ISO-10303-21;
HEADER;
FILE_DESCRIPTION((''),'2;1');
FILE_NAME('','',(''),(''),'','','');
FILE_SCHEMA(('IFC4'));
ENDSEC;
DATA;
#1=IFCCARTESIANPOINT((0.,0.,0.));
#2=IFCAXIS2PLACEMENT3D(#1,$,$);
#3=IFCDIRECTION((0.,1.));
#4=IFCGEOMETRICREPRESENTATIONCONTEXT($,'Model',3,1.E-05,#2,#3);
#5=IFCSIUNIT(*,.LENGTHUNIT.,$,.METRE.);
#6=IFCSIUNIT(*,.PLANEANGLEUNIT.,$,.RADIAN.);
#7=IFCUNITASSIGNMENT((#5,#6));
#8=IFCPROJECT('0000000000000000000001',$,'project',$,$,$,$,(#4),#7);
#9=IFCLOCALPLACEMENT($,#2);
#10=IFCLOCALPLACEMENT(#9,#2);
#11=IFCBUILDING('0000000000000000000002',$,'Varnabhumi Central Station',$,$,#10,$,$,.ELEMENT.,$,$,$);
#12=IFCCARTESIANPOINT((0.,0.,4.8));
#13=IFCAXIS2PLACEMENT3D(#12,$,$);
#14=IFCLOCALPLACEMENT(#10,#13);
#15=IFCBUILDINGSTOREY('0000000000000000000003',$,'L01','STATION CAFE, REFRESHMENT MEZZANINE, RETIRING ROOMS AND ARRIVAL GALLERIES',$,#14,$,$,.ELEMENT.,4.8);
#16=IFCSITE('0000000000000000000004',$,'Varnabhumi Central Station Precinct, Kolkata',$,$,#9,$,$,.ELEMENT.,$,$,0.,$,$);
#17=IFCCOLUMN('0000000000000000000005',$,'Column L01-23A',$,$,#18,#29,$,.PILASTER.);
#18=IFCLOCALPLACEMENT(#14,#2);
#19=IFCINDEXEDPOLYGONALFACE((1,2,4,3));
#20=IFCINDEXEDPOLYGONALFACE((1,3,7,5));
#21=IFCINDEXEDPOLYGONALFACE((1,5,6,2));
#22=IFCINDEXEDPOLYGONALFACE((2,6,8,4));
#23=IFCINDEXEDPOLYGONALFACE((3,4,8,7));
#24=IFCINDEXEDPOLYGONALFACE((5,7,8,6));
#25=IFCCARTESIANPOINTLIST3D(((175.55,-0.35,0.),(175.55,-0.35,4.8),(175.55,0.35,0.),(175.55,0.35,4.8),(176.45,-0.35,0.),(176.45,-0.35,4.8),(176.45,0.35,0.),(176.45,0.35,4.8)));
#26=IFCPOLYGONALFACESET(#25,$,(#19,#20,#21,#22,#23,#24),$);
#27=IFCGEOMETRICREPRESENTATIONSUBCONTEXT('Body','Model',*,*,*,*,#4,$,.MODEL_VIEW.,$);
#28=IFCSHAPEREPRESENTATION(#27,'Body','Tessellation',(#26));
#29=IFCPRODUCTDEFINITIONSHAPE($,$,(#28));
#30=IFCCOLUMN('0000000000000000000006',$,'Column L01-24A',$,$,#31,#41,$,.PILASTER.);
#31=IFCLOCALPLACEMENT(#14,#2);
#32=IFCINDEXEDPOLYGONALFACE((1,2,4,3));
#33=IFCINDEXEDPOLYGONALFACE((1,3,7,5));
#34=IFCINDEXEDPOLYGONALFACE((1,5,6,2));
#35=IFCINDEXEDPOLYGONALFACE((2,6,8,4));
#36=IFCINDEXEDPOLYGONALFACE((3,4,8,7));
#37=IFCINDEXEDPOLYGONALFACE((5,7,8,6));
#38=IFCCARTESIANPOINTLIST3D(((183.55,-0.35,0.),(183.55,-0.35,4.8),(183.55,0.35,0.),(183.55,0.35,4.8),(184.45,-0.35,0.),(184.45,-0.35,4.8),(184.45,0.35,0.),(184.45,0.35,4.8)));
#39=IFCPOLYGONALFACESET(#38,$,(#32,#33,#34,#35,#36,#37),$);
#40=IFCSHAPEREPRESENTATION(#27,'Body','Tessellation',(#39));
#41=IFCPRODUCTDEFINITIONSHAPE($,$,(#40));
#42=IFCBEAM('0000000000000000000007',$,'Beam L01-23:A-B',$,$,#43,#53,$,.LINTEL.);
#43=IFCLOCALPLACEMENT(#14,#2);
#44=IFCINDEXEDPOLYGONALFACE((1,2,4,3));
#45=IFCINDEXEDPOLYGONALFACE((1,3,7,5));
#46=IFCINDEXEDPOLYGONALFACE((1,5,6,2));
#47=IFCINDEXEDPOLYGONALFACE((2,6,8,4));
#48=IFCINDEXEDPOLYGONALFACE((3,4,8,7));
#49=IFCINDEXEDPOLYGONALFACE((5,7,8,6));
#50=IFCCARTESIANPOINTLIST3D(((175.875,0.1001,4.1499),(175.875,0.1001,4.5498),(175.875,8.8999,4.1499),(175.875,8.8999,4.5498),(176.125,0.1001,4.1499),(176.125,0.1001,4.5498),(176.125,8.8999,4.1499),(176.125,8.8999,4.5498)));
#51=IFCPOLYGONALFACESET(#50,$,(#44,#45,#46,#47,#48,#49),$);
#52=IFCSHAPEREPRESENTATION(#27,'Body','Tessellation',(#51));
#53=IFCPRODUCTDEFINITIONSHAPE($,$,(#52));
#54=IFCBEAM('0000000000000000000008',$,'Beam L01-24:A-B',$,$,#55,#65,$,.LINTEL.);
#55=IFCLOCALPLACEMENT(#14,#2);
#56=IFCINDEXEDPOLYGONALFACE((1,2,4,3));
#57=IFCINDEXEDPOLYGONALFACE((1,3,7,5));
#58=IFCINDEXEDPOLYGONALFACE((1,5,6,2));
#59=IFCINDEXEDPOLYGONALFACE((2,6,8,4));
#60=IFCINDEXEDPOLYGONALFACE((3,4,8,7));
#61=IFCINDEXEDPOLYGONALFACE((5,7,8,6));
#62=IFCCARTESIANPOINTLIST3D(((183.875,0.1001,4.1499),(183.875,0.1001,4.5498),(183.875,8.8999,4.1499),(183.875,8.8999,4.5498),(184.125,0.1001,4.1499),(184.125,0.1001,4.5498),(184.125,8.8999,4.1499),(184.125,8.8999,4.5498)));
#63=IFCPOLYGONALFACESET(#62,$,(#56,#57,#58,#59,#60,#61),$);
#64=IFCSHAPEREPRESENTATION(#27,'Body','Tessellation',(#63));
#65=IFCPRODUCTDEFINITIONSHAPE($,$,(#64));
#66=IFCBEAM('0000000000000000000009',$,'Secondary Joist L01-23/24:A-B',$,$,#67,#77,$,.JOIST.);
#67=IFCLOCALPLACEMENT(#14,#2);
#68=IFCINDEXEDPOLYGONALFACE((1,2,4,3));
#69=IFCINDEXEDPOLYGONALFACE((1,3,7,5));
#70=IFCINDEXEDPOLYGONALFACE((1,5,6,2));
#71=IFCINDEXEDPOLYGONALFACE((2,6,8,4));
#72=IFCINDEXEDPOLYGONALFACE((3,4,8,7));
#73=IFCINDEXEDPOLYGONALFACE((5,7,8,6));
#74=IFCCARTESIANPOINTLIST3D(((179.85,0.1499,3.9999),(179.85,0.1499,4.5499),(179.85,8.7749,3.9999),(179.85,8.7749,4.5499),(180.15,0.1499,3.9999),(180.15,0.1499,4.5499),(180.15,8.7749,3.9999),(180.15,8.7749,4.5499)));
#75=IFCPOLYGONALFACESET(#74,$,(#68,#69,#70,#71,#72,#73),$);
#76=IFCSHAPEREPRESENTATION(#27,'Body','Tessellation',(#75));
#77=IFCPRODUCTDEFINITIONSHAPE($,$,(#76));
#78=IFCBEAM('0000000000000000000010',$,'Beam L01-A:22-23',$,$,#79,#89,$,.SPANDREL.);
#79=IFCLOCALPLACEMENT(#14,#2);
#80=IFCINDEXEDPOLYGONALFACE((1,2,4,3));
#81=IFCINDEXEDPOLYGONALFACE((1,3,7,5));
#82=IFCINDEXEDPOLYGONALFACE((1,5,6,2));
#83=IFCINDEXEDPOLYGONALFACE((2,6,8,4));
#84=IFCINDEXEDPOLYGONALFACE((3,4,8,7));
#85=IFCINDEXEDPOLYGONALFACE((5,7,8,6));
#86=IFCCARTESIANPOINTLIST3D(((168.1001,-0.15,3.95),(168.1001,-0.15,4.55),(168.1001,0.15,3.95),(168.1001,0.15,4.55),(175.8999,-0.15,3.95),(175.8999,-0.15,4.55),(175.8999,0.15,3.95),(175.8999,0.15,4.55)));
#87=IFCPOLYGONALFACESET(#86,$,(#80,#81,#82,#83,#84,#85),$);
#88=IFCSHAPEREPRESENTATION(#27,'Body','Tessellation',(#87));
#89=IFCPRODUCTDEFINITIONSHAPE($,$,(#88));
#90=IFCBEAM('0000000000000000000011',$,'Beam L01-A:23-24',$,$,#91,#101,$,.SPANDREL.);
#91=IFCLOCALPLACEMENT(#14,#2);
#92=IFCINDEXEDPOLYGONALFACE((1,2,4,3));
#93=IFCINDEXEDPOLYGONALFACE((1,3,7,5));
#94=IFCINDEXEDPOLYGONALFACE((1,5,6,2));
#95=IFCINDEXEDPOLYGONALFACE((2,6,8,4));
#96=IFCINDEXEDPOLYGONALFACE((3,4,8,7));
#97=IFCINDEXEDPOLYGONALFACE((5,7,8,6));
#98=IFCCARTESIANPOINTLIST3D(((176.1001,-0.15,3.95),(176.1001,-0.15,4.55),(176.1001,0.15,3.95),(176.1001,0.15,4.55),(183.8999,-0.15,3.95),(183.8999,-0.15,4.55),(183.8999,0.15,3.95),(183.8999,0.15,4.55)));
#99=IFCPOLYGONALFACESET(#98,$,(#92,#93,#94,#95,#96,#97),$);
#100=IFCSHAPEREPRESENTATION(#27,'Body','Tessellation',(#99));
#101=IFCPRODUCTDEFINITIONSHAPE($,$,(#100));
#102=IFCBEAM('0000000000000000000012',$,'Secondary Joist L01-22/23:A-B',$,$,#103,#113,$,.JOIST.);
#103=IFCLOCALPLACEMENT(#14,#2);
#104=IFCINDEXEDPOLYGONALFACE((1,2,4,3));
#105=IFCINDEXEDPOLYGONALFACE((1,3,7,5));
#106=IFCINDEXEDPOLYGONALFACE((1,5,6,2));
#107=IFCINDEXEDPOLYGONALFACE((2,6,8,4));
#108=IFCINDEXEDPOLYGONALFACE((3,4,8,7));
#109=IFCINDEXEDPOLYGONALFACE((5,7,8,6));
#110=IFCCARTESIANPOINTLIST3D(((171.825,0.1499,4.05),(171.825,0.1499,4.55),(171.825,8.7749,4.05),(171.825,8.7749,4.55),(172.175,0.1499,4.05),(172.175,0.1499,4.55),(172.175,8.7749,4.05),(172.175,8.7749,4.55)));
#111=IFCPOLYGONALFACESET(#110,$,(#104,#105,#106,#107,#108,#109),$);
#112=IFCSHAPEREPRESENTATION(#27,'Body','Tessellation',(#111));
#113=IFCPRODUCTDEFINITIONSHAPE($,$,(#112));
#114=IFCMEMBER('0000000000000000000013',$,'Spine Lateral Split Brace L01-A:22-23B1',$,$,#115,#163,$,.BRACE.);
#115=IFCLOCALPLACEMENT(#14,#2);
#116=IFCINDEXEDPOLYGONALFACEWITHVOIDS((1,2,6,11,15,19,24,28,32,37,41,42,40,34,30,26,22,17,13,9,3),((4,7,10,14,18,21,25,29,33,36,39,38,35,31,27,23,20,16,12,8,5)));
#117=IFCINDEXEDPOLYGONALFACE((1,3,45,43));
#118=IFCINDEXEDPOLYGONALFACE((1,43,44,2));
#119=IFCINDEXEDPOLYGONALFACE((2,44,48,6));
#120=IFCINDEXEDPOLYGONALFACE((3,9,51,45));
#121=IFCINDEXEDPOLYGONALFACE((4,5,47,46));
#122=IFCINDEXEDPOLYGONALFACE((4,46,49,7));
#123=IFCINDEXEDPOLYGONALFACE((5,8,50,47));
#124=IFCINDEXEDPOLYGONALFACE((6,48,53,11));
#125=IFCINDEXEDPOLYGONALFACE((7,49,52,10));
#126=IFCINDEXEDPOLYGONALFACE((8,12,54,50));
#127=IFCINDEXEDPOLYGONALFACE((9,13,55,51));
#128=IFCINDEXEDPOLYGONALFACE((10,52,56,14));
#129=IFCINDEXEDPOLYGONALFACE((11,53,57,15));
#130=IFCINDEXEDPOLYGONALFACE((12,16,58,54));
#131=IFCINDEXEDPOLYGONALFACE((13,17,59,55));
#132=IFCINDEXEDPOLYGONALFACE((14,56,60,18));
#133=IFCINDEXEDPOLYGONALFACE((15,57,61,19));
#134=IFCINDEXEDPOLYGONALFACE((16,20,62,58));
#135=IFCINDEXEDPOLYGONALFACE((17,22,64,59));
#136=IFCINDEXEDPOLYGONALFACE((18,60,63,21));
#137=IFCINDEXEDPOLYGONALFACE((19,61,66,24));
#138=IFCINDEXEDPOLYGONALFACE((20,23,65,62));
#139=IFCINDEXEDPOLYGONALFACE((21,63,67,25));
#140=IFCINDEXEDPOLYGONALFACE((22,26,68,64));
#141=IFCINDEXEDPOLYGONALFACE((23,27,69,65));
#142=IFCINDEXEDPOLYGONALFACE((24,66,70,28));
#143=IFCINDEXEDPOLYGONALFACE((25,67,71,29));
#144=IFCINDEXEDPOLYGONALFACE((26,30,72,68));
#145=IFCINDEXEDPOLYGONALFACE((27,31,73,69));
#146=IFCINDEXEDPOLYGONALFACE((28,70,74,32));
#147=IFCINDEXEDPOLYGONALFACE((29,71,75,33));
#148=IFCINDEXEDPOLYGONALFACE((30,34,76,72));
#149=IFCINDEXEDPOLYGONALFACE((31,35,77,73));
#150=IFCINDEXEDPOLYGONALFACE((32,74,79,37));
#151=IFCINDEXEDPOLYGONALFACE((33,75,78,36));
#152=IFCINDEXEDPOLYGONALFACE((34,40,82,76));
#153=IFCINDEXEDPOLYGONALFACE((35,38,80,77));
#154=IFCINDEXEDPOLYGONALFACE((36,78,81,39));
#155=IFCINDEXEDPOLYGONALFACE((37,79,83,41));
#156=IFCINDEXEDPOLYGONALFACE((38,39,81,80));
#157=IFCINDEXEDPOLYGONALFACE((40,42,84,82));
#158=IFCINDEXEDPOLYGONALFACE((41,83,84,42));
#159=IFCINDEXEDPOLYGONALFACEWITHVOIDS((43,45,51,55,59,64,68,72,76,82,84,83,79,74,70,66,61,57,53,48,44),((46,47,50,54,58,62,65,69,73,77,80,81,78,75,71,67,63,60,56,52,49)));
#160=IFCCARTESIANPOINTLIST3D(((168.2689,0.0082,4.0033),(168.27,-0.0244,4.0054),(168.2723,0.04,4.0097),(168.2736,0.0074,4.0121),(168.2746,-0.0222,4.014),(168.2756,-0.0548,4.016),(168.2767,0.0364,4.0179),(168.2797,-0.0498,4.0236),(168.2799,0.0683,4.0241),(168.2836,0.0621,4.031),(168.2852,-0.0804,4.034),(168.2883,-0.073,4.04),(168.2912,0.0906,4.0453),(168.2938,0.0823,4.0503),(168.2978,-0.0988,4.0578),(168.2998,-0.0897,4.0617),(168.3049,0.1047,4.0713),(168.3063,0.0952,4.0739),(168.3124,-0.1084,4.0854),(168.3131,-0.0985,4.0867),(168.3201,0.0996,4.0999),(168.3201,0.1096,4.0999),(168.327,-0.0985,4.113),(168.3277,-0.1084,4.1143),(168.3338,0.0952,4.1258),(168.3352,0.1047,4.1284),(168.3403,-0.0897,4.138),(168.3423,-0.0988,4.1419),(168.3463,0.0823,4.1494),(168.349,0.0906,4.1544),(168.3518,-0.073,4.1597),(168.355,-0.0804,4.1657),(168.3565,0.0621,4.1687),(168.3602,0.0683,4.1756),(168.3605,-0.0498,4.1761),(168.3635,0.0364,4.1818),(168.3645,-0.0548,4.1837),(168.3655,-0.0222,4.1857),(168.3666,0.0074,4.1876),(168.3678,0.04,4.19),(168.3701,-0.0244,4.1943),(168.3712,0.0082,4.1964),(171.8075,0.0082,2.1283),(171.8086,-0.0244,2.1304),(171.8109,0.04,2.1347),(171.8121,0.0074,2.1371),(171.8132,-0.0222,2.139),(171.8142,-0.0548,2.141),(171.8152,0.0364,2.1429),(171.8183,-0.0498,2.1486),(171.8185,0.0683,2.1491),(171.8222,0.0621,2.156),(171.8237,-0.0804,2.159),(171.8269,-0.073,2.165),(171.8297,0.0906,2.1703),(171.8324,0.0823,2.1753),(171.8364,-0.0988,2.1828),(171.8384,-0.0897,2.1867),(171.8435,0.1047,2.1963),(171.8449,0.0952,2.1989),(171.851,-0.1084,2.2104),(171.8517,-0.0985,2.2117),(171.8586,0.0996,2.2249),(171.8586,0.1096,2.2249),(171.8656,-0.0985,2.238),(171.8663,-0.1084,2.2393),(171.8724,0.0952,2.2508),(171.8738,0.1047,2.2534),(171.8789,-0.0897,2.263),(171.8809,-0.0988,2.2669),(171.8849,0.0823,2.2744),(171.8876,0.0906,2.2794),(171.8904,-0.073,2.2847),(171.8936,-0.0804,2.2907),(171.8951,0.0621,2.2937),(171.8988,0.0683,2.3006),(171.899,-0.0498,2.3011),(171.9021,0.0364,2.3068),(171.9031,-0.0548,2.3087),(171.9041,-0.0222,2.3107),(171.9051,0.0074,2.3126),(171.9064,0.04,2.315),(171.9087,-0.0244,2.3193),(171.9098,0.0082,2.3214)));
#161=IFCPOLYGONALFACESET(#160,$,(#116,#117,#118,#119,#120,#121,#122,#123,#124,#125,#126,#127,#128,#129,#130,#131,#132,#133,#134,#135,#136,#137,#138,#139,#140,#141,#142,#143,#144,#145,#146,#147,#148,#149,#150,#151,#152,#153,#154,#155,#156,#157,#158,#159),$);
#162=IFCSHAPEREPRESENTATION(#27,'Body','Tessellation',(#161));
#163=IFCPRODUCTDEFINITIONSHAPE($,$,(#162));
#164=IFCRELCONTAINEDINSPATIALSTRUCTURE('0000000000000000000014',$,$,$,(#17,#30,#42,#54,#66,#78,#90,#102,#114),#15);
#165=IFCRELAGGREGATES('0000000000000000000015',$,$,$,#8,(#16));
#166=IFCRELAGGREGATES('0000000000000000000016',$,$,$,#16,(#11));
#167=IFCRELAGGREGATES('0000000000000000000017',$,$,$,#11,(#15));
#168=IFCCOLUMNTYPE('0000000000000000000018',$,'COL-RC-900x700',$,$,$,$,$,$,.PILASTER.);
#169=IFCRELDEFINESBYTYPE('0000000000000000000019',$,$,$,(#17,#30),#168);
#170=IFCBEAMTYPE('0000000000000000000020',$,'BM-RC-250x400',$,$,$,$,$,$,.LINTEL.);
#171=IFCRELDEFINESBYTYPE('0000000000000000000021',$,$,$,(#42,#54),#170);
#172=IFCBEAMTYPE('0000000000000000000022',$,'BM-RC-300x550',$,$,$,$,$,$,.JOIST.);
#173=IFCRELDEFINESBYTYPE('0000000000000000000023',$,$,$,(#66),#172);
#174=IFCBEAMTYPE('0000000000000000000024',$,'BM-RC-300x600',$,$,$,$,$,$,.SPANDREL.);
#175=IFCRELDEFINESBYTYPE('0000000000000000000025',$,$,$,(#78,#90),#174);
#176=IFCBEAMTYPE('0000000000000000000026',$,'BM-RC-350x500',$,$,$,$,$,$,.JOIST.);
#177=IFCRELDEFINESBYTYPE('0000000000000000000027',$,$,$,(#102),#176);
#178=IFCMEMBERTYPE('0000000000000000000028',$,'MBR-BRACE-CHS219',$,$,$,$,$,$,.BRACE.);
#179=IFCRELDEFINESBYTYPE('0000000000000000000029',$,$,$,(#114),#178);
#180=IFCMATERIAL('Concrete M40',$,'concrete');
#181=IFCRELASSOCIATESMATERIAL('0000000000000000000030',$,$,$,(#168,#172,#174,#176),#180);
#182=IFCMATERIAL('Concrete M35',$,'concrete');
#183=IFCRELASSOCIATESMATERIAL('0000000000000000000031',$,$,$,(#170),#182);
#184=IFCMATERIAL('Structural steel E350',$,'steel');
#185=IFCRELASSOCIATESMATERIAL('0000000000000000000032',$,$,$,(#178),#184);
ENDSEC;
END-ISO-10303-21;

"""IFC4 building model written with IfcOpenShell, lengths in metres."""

from ifc_helpers import new_model, si_unit, direction, frame, origin, origin_2d, place, context, subcontext, project, spatial, rectangle, hollow_circle, extrude, material, material_profile, profile_set, type_object, element, save


model = new_model("IFC4")

# Units and contexts
model_context = context("Model", 3, precision=1e-05, world=origin(), true_north=direction((0.0, 1.0)))
body_context = subcontext(model_context, "Body", "Model", "MODEL_VIEW")
ifc_project = project(units=[si_unit("LENGTHUNIT", "METRE"), si_unit("PLANEANGLEUNIT", "RADIAN")], contexts=[model_context])

# Site, building, storey
site_placement = place(None, origin())
site = spatial("IfcSite", under=ifc_project, at=site_placement, Name="Varnabhumi Central Station Precinct, Kolkata", CompositionType="ELEMENT", RefElevation=0.0)
building_placement = place(site_placement, origin())
building = spatial("IfcBuilding", under=site, at=building_placement, Name="Varnabhumi Central Station", CompositionType="ELEMENT")
storey_placement = place(building_placement, frame((0.0, 0.0, 4.8)))
storey = spatial("IfcBuildingStorey", under=building, at=storey_placement, Name="L01", Description="STATION CAFE, REFRESHMENT MEZZANINE, RETIRING ROOMS AND ARRIVAL GALLERIES", CompositionType="ELEMENT", Elevation=4.8)

# Columns
ifc_material_1 = material(Name="Concrete M40", Category="concrete")
ifc_material_profile_1 = material_profile(ifc_material_1, rectangle(XDim=0.8999, YDim=0.7, at=origin_2d()), Name="Concrete M40", Category="concrete")
ifc_profile_set_1 = profile_set([ifc_material_profile_1], Name="Concrete M40")
column_type = type_object("IfcColumnType", Name="COL-RC-900x700", PredefinedType="PILASTER", material=ifc_profile_set_1)
for number, where, z_axis, x_axis, name in (
    (1, (176.0, 0.0, 0.0), (0.0, 0.0, 1.0), (1.0, 0.0, 0.0), "Column L01-23A"),
    (2, (184.0, 0.0, 0.0), (0.0, 0.0, 1.0), (1.0, 0.0, 0.0), "Column L01-24A"),
):
    element("IfcColumn", number, at=place(storey_placement, frame(where, z_axis=z_axis, x_axis=x_axis)), inside=storey, type_object=column_type, Name=name, PredefinedType="PILASTER", context=body_context, shape_type="SweptSolid", body=[
        extrude(rectangle(XDim=0.8999, YDim=0.7, at=origin_2d()), origin(), (0.0, 0.0, 1.0), 4.8),
    ])

# Beams
ifc_material_2 = material(Name="Concrete M35", Category="concrete")
ifc_material_profile_2 = material_profile(ifc_material_2, rectangle(XDim=0.25, YDim=0.3999, at=origin_2d()), Name="Concrete M35", Category="concrete")
ifc_profile_set_2 = profile_set([ifc_material_profile_2], Name="Concrete M35")
beam_type_1 = type_object("IfcBeamType", Name="BM-RC-250x400", PredefinedType="LINTEL", material=ifc_profile_set_2)
for number, where, z_axis, x_axis, name in (
    (3, (176.0, 0.1001, 4.3499), (0.0, 1.0, 0.0), (-1.0, 0.0, 0.0), "Beam L01-23:A-B"),
    (4, (184.0, 0.1001, 4.3499), (0.0, 1.0, 0.0), (-1.0, 0.0, 0.0), "Beam L01-24:A-B"),
):
    element("IfcBeam", number, at=place(storey_placement, frame(where, z_axis=z_axis, x_axis=x_axis)), inside=storey, type_object=beam_type_1, Name=name, PredefinedType="LINTEL", context=body_context, shape_type="SweptSolid", body=[
        extrude(rectangle(XDim=0.25, YDim=0.3999, at=origin_2d()), origin(), (0.0, 0.0, 1.0), 8.7998),
    ])
ifc_material_profile_3 = material_profile(ifc_material_1, rectangle(XDim=0.3, YDim=0.55, at=origin_2d()), Name="Concrete M40", Category="concrete")
ifc_profile_set_3 = profile_set([ifc_material_profile_3], Name="Concrete M40")
beam_type_2 = type_object("IfcBeamType", Name="BM-RC-300x550", PredefinedType="JOIST", material=ifc_profile_set_3)
beam_1_placement = place(storey_placement, frame((180.0, 0.1499, 4.2749), z_axis=(0.0, 1.0, 0.0), x_axis=(-1.0, 0.0, 0.0)))
element("IfcBeam", 5, at=beam_1_placement, inside=storey, type_object=beam_type_2, Name="Secondary Joist L01-23/24:A-B", PredefinedType="JOIST", context=body_context, shape_type="SweptSolid", body=[
    extrude(rectangle(XDim=0.3, YDim=0.55, at=origin_2d()), origin(), (0.0, 0.0, 1.0), 8.625),
])
ifc_material_profile_4 = material_profile(ifc_material_1, rectangle(XDim=0.3, YDim=0.6001, at=origin_2d()), Name="Concrete M40", Category="concrete")
ifc_profile_set_4 = profile_set([ifc_material_profile_4], Name="Concrete M40")
beam_type_3 = type_object("IfcBeamType", Name="BM-RC-300x600", PredefinedType="SPANDREL", material=ifc_profile_set_4)
for number, where, z_axis, x_axis, name in (
    (6, (168.1001, 0.0, 4.25), (1.0, 0.0, 0.0), (0.0, 1.0, 0.0), "Beam L01-A:22-23"),
    (7, (176.1001, 0.0, 4.25), (1.0, 0.0, 0.0), (0.0, 1.0, 0.0), "Beam L01-A:23-24"),
):
    element("IfcBeam", number, at=place(storey_placement, frame(where, z_axis=z_axis, x_axis=x_axis)), inside=storey, type_object=beam_type_3, Name=name, PredefinedType="SPANDREL", context=body_context, shape_type="SweptSolid", body=[
        extrude(rectangle(XDim=0.3, YDim=0.6001, at=origin_2d()), origin(), (0.0, 0.0, 1.0), 7.7998),
    ])
ifc_material_profile_5 = material_profile(ifc_material_1, rectangle(XDim=0.3501, YDim=0.5, at=origin_2d()), Name="Concrete M40", Category="concrete")
ifc_profile_set_5 = profile_set([ifc_material_profile_5], Name="Concrete M40")
beam_type_4 = type_object("IfcBeamType", Name="BM-RC-350x500", PredefinedType="JOIST", material=ifc_profile_set_5)
beam_2_placement = place(storey_placement, frame((172.0, 0.1499, 4.3), z_axis=(0.0, 1.0, 0.0), x_axis=(-1.0, 0.0, 0.0)))
element("IfcBeam", 8, at=beam_2_placement, inside=storey, type_object=beam_type_4, Name="Secondary Joist L01-22/23:A-B", PredefinedType="JOIST", context=body_context, shape_type="SweptSolid", body=[
    extrude(rectangle(XDim=0.3501, YDim=0.5, at=origin_2d()), origin(), (0.0, 0.0, 1.0), 8.625),
])

# Member
ifc_material_3 = material(Name="Structural steel E350", Category="steel")
ifc_material_profile_6 = material_profile(ifc_material_3, hollow_circle(Radius=0.1096, WallThickness=0.01, at=origin_2d()), Name="Structural steel E350", Category="steel")
ifc_profile_set_6 = profile_set([ifc_material_profile_6], Name="Structural steel E350")
member_type_1 = type_object("IfcMemberType", Name="MBR-BRACE-CHS219", PredefinedType="BRACE", material=ifc_profile_set_6)
for number, where, z_axis, x_axis, name in (
    (9, (168.3201, 0.0, 4.0999), (0.883619, 0.0, -0.468207), (0.0, 1.0, 0.0), "Spine Lateral Split Brace L01-A:22-23B1"),
):
    element("IfcMember", number, at=place(storey_placement, frame(where, z_axis=z_axis, x_axis=x_axis)), inside=storey, type_object=member_type_1, Name=name, PredefinedType="BRACE", context=body_context, shape_type="SweptSolid", body=[
        extrude(hollow_circle(Radius=0.1096, WallThickness=0.01, at=origin_2d()), origin(), (0.0, 0.0, 1.0), 4.0046),
    ])

save(model, "model.ifc")
